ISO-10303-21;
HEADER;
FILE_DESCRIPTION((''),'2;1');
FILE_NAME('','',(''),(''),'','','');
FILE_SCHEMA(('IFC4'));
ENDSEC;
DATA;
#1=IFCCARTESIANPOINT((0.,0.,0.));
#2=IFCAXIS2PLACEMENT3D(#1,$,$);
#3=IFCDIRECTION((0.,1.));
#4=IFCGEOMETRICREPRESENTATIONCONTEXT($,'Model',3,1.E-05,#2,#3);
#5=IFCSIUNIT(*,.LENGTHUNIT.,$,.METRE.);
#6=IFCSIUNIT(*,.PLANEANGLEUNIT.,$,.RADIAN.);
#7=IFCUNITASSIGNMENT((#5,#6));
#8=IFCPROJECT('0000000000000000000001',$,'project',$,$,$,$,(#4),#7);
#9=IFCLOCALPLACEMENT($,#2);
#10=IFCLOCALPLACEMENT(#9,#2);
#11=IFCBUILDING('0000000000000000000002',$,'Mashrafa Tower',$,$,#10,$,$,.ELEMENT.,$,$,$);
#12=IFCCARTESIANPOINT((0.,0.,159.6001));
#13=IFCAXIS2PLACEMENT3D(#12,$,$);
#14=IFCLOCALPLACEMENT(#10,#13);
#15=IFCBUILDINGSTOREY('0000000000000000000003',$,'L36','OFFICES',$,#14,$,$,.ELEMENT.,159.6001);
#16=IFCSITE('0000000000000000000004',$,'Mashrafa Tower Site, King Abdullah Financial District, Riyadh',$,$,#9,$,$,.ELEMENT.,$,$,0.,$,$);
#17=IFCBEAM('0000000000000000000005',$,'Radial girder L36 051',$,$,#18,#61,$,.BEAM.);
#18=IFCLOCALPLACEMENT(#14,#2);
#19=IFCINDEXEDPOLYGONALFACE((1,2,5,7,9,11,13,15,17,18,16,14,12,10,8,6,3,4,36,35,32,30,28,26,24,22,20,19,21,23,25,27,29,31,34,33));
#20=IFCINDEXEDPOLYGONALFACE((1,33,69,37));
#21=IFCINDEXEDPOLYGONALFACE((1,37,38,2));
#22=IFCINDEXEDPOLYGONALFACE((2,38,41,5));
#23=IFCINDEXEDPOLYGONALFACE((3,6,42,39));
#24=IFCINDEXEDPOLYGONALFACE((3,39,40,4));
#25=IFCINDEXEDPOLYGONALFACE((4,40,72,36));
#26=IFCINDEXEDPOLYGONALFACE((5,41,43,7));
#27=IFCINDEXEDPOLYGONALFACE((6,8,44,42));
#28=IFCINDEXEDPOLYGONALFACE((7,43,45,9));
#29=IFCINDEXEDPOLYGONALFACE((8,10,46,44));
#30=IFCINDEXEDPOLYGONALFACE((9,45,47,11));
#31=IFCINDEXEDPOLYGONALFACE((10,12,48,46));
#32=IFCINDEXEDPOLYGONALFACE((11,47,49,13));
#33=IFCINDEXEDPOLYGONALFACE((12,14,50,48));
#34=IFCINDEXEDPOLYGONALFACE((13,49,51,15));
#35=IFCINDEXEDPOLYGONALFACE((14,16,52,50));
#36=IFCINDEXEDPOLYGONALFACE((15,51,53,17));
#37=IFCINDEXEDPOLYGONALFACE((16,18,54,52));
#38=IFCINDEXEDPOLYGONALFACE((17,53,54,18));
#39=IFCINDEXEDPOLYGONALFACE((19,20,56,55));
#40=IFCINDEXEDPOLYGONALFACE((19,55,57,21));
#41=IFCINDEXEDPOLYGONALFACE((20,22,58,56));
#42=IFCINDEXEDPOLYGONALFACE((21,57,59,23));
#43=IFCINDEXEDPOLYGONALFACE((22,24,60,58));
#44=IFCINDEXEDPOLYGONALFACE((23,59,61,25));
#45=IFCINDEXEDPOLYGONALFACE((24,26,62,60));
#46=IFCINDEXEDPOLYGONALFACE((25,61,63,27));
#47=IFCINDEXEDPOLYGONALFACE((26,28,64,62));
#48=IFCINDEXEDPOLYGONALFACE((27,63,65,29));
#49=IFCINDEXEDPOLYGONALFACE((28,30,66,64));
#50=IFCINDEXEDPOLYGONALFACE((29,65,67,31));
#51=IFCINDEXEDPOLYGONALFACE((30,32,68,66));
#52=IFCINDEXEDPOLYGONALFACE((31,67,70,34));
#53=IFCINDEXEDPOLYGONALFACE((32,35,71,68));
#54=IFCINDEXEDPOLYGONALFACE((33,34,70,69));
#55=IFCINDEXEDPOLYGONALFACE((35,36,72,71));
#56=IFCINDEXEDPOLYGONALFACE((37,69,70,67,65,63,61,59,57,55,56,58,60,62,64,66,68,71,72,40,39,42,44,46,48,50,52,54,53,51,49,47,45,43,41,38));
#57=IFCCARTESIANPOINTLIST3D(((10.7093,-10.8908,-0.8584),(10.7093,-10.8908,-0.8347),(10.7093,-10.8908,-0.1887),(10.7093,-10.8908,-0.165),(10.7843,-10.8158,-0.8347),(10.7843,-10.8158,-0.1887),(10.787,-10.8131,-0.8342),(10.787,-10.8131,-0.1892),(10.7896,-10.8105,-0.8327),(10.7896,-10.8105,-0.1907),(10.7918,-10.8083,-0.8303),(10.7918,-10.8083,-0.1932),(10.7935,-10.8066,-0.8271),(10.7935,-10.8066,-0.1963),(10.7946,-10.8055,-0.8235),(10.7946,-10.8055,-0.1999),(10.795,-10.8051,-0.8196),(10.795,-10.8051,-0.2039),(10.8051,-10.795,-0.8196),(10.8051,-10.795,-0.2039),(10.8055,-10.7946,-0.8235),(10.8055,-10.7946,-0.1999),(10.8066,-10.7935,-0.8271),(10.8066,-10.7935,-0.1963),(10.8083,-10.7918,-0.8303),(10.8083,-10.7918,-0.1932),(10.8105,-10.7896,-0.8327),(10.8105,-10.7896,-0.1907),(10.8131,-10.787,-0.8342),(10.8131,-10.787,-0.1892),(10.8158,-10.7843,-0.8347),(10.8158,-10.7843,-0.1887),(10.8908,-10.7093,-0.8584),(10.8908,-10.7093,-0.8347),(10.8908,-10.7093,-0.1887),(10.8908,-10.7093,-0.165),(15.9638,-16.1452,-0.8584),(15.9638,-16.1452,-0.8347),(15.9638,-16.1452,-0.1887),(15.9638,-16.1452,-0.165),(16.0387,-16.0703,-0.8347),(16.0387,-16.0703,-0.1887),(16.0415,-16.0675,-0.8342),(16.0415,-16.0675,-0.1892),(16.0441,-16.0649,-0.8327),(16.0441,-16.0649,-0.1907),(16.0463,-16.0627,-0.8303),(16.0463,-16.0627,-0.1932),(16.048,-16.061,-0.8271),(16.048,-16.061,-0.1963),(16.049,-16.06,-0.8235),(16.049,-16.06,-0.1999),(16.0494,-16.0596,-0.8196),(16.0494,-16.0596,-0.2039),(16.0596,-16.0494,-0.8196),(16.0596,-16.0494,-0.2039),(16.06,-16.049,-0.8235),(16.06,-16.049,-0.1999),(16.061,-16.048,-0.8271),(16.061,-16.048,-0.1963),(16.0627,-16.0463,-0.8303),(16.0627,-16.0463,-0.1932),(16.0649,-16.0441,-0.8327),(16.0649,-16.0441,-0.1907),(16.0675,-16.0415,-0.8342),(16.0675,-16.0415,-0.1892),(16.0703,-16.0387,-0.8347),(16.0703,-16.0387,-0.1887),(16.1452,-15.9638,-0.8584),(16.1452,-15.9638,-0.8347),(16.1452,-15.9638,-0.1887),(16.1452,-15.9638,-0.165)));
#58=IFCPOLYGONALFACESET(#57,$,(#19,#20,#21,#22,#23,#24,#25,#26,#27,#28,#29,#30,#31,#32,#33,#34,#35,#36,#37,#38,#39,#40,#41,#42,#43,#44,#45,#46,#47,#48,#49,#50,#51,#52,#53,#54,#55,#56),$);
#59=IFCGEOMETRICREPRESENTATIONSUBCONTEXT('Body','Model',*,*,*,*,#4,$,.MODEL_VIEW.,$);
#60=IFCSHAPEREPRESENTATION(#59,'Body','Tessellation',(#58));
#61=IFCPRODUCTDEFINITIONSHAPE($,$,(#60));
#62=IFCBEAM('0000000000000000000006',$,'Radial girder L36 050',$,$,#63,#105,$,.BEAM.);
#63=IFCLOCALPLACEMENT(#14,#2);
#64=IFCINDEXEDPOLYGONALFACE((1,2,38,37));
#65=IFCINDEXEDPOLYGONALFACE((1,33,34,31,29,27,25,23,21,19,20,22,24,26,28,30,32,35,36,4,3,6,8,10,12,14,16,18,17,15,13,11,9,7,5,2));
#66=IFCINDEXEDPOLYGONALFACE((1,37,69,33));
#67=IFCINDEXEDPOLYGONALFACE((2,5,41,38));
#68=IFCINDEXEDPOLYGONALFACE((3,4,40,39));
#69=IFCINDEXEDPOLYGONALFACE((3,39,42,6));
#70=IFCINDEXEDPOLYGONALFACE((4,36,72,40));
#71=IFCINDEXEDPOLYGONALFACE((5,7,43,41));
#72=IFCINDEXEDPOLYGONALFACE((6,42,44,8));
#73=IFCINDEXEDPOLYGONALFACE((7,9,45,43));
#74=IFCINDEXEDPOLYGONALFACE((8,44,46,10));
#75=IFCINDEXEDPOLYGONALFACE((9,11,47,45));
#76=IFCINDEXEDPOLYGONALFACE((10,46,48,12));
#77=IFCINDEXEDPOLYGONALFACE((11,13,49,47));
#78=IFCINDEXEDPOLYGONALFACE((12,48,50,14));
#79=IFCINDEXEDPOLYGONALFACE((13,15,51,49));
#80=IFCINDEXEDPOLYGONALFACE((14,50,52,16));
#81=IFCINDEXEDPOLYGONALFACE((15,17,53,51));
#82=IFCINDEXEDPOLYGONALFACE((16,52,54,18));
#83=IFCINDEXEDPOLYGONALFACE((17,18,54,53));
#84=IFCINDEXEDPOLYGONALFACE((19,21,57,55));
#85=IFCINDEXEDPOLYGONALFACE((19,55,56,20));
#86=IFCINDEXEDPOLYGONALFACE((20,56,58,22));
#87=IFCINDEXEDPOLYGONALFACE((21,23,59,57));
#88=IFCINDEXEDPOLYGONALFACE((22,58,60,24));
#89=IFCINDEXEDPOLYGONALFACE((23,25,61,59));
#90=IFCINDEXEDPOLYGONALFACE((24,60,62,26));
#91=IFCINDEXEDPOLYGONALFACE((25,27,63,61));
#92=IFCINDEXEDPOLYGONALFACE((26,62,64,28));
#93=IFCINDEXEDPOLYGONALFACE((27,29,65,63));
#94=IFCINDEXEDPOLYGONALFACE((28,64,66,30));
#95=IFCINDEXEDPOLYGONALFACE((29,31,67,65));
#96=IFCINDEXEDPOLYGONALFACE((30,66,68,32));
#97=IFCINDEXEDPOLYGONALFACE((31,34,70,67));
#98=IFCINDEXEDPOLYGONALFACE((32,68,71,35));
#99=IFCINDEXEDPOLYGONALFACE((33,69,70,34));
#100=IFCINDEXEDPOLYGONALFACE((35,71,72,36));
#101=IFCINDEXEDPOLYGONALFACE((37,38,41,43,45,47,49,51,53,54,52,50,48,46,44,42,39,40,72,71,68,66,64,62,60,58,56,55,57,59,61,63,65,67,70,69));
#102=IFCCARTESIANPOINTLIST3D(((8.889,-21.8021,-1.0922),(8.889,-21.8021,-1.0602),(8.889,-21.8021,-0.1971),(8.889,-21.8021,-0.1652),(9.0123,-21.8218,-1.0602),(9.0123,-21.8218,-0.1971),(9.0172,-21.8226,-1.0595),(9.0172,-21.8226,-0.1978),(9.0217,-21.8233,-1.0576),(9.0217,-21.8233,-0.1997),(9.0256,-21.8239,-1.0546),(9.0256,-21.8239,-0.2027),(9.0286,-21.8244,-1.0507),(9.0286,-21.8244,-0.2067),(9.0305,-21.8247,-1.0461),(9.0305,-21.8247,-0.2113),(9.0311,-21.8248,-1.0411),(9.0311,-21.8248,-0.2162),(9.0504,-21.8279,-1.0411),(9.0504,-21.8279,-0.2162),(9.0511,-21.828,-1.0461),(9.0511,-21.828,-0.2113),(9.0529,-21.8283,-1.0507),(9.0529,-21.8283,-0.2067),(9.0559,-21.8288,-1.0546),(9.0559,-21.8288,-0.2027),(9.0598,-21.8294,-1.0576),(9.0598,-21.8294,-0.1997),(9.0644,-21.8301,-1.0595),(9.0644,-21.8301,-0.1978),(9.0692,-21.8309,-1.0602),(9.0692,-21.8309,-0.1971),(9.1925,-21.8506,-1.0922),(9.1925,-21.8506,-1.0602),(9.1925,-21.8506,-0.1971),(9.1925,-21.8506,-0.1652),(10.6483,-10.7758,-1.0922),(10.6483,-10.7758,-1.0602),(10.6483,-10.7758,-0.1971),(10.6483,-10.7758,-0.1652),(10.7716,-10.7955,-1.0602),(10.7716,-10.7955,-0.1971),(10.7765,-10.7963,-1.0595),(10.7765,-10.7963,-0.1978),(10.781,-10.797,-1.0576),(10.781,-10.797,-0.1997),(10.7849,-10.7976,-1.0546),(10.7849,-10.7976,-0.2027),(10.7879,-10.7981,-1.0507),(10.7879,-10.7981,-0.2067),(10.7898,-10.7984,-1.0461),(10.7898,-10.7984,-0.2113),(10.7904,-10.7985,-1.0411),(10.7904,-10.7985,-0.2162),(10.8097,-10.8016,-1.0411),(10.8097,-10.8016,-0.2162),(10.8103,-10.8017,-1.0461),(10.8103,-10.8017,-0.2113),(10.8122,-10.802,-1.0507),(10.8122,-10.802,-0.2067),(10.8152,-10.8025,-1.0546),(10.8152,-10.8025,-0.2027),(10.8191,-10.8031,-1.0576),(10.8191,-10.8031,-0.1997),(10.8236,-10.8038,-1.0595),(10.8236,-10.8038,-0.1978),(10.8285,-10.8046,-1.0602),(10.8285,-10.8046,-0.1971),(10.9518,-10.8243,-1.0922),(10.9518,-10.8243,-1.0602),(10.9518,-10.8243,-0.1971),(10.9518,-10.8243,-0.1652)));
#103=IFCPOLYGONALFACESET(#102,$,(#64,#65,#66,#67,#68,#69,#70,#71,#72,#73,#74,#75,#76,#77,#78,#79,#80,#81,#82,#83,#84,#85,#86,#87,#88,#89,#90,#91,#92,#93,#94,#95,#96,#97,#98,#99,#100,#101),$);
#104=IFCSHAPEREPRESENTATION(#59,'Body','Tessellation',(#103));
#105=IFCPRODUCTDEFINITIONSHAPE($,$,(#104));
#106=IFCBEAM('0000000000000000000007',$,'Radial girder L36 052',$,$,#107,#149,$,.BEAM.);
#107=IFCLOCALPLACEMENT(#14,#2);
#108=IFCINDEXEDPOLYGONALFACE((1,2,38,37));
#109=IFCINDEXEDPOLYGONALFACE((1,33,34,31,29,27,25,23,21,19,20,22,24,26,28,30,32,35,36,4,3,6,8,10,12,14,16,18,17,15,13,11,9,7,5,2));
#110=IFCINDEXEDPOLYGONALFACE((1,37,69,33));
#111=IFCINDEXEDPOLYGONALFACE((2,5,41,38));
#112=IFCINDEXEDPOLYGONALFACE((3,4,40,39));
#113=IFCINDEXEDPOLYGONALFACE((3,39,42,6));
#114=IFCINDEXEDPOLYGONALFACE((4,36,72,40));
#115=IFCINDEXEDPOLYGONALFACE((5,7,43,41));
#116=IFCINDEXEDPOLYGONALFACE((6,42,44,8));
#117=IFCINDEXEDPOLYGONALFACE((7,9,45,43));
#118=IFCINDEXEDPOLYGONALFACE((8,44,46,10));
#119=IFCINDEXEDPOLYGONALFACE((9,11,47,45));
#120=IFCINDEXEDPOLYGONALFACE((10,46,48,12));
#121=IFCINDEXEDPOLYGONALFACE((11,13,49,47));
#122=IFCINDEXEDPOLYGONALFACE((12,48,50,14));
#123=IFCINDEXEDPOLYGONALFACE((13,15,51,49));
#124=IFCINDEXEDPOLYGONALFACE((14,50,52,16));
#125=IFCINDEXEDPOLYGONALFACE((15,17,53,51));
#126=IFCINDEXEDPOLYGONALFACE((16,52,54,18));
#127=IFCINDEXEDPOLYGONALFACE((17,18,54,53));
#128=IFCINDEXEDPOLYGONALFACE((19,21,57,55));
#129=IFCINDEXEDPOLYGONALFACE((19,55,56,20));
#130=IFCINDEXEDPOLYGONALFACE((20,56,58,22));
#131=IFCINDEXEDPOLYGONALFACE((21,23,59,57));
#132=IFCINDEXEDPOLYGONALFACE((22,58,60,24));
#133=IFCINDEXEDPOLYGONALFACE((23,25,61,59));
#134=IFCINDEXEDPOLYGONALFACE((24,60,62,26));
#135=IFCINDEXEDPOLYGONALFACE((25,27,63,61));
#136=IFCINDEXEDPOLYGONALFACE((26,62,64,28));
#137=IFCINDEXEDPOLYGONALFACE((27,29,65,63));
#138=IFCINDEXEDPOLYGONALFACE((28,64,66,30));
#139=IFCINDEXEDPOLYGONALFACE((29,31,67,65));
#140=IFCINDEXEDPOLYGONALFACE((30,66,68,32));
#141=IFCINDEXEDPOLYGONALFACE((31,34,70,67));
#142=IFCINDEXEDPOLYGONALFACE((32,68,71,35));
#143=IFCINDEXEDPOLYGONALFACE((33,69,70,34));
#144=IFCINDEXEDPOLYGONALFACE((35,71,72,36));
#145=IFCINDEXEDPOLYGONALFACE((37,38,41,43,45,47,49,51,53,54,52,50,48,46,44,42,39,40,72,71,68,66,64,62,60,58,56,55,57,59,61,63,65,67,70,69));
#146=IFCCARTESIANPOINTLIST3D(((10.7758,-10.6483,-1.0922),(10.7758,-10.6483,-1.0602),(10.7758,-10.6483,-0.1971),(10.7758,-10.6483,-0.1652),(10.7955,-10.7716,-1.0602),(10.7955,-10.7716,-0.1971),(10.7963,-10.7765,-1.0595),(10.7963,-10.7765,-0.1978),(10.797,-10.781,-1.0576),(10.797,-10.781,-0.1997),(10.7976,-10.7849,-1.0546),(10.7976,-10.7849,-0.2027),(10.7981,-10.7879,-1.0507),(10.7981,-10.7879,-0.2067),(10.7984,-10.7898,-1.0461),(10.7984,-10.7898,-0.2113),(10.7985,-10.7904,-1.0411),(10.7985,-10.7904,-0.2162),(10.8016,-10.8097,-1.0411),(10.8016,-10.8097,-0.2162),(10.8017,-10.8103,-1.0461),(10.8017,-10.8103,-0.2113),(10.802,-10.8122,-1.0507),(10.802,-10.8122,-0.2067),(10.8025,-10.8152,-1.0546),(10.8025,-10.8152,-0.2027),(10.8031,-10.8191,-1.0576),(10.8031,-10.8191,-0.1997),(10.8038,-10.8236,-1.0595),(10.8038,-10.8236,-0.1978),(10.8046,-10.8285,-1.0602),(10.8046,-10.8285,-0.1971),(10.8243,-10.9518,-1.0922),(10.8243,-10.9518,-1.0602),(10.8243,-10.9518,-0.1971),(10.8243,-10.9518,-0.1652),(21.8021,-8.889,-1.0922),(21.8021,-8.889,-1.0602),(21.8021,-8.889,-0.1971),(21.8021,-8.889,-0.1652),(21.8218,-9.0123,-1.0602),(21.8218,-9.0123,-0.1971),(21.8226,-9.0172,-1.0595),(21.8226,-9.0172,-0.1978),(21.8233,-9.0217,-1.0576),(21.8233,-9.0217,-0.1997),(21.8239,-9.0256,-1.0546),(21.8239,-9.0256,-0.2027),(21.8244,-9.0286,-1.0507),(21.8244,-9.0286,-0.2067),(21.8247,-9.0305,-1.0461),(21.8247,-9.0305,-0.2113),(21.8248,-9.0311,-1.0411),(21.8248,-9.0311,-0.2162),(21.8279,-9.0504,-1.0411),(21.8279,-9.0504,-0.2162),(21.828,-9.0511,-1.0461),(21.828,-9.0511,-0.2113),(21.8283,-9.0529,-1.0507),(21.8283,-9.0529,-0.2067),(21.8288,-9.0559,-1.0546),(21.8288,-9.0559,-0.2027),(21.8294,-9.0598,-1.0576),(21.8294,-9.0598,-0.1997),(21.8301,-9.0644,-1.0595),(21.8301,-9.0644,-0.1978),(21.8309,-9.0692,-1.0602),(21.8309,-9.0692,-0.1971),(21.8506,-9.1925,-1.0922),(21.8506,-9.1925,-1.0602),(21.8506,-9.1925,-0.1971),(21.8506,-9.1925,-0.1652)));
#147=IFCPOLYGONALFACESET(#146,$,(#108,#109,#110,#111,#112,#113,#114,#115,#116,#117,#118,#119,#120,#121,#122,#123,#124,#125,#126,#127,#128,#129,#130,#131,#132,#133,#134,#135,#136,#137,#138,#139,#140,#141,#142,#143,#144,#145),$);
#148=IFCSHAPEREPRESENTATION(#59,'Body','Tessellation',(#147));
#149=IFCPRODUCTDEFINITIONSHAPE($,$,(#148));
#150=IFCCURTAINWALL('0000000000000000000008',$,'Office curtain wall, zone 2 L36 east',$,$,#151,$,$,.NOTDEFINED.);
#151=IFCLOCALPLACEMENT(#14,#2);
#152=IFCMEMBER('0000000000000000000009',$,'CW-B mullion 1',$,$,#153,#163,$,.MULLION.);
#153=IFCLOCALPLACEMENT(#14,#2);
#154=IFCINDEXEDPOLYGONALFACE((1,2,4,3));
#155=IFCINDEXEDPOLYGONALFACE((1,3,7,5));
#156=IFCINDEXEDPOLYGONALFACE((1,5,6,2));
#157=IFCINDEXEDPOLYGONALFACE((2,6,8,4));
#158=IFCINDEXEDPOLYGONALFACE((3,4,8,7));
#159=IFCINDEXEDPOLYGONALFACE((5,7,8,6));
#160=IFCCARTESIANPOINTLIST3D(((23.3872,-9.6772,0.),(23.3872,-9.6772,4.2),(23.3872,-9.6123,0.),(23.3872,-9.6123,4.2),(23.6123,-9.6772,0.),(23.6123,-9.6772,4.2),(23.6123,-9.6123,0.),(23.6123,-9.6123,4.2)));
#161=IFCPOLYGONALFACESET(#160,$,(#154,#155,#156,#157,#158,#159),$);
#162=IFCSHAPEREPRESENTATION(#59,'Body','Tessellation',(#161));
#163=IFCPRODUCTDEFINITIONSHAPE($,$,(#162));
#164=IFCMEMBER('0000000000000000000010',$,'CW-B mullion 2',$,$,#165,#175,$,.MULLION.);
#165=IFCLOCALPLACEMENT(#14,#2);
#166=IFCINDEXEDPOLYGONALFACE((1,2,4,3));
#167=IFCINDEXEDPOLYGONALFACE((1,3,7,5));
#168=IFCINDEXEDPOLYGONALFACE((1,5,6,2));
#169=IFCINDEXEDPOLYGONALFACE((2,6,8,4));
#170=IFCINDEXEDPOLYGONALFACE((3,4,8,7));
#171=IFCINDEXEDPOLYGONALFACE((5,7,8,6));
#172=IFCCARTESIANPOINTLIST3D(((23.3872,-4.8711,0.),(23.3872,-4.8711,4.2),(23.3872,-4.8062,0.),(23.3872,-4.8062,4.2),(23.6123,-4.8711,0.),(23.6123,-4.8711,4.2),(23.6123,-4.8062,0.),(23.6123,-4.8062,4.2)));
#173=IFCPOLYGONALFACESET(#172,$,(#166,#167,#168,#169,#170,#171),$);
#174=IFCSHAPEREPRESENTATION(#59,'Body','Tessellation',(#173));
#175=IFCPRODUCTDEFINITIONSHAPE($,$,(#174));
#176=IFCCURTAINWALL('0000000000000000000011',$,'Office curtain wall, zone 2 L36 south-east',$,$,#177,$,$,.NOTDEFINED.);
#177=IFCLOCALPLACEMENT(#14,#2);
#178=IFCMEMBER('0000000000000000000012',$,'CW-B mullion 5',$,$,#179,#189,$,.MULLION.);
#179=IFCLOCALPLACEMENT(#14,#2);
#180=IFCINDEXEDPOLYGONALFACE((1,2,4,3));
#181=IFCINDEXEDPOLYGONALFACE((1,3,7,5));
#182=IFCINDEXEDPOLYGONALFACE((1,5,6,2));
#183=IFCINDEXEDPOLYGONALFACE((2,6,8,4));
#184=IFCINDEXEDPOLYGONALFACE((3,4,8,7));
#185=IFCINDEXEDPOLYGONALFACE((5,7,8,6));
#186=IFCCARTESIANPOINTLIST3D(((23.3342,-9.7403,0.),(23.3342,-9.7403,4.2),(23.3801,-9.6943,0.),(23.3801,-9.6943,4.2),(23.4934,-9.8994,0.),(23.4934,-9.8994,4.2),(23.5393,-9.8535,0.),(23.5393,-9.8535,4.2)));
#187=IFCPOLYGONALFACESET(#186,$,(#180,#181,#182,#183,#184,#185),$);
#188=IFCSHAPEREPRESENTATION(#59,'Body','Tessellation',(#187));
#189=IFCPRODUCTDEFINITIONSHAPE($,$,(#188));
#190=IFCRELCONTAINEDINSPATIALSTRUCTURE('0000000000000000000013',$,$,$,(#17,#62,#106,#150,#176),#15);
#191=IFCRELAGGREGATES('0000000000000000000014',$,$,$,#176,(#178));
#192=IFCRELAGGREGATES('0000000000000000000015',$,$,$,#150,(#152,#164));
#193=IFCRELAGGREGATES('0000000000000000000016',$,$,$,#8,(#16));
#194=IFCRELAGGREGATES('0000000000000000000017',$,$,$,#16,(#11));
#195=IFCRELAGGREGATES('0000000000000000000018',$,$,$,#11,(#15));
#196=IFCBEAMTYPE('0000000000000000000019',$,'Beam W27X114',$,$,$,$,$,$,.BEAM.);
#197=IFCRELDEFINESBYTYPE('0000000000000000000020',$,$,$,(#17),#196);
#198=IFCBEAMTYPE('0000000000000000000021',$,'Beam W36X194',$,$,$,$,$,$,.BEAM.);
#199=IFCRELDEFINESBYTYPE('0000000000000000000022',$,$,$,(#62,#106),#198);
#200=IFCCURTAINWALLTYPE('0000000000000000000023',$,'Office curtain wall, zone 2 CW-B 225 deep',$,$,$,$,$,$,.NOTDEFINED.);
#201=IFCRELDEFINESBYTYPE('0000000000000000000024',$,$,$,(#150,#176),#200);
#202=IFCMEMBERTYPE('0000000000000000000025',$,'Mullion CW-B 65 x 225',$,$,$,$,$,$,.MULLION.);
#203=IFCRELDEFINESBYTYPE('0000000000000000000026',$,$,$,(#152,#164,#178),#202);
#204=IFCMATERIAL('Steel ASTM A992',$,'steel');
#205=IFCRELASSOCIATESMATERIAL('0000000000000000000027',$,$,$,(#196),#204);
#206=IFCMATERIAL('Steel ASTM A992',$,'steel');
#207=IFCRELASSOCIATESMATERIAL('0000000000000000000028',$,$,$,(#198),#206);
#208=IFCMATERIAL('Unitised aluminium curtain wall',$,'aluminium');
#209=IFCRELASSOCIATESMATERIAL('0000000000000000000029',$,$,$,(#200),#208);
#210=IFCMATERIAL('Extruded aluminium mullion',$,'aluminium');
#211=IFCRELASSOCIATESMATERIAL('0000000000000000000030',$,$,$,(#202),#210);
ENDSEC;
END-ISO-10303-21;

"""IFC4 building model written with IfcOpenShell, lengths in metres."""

from ifc_helpers import new_model, si_unit, direction, frame, origin, origin_2d, place, context, subcontext, project, spatial, rectangle, i_section, extrude, source, transform, mapped, material, material_profile, profile_set, type_object, type_shapes, element, aggregate, save


model = new_model("IFC4")

# Units and contexts
model_context = context("Model", 3, precision=1e-05, world=origin(), true_north=direction((0.0, 1.0)))
body_context = subcontext(model_context, "Body", "Model", "MODEL_VIEW")
ifc_project = project(units=[si_unit("LENGTHUNIT", "METRE"), si_unit("PLANEANGLEUNIT", "RADIAN")], contexts=[model_context])

# Site, building, storey
site_placement = place(None, origin())
site = spatial("IfcSite", under=ifc_project, at=site_placement, Name="Mashrafa Tower Site, King Abdullah Financial District, Riyadh", CompositionType="ELEMENT", RefElevation=0.0)
building_placement = place(site_placement, origin())
building = spatial("IfcBuilding", under=site, at=building_placement, Name="Mashrafa Tower", CompositionType="ELEMENT")
storey_placement = place(building_placement, frame((0.0, 0.0, 159.6001)))
storey = spatial("IfcBuildingStorey", under=building, at=storey_placement, Name="L36", Description="OFFICES", CompositionType="ELEMENT", Elevation=159.6001)

# Beams
ifc_material_1 = material(Name="Steel ASTM A992", Category="steel")
ifc_material_profile_1 = material_profile(ifc_material_1, i_section(OverallWidth=0.2566, OverallDepth=0.6934, WebThickness=0.0144, FlangeThickness=0.0237, FilletRadius=0.0151, at=origin_2d()), Name="W27X114")
ifc_profile_set_1 = profile_set([ifc_material_profile_1], Name="Steel ASTM A992")
beam_type_1 = type_object("IfcBeamType", Name="Beam W27X114", PredefinedType="BEAM", material=ifc_profile_set_1)
beam_1_placement = place(storey_placement, frame((10.8, -10.8, -0.5117), z_axis=(0.707107, -0.707107, 0.0), x_axis=(0.707107, 0.707107, 0.0)))
element("IfcBeam", 1, at=beam_1_placement, inside=storey, type_object=beam_type_1, Name="Radial girder L36 051", PredefinedType="BEAM", context=body_context, shape_type="SweptSolid", body=[
    extrude(i_section(OverallWidth=0.2566, OverallDepth=0.6934, WebThickness=0.0144, FlangeThickness=0.0237, FilletRadius=0.0151, at=origin_2d()), origin(), (0.0, 0.0, 1.0), 7.4309),
])
ifc_material_2 = material(Name="Steel ASTM A992", Category="steel")
ifc_material_profile_2 = material_profile(ifc_material_2, i_section(OverallWidth=0.3074, OverallDepth=0.927, WebThickness=0.0195, FlangeThickness=0.032, FilletRadius=0.019, at=origin_2d()), Name="W36X194")
ifc_profile_set_2 = profile_set([ifc_material_profile_2], Name="Steel ASTM A992")
beam_type_2 = type_object("IfcBeamType", Name="Beam W36X194", PredefinedType="BEAM", material=ifc_profile_set_2)
for number, where, z_axis, x_axis, name in (
    (2, (10.8, -10.8, -0.6287), (-0.157559, -0.98751, 0.0), (0.98751, -0.157559, 0.0), "Radial girder L36 050"),
    (3, (10.8, -10.8, -0.6287), (0.98751, 0.157559, 0.0), (-0.157559, 0.98751, 0.0), "Radial girder L36 052"),
):
    element("IfcBeam", number, at=place(storey_placement, frame(where, z_axis=z_axis, x_axis=x_axis)), inside=storey, type_object=beam_type_2, Name=name, PredefinedType="BEAM", context=body_context, shape_type="SweptSolid", body=[
        extrude(i_section(OverallWidth=0.3074, OverallDepth=0.927, WebThickness=0.0195, FlangeThickness=0.032, FilletRadius=0.019, at=origin_2d()), origin(), (0.0, 0.0, 1.0), 11.1658),
    ])

# Curtain wall, members
ifc_material_3 = material(Name="Unitised aluminium curtain wall", Category="aluminium")
curtain_wall_type = type_object("IfcCurtainWallType", Name="Office curtain wall, zone 2 CW-B 225 deep", PredefinedType="NOTDEFINED", material=ifc_material_3)
curtain_wall_1_placement = place(storey_placement, origin())
curtain_wall_1 = element("IfcCurtainWall", 4, at=curtain_wall_1_placement, inside=storey, type_object=curtain_wall_type, Name="Office curtain wall, zone 2 L36 east", PredefinedType="NOTDEFINED")
ifc_material_4 = material(Name="Extruded aluminium mullion", Category="aluminium")
ifc_material_profile_3 = material_profile(ifc_material_4, rectangle(XDim=0.2251, YDim=0.0649, at=origin_2d()), Name="Mullion 65x225")
ifc_profile_set_3 = profile_set([ifc_material_profile_3], Name="Extruded aluminium mullion")
member_type_1 = type_object("IfcMemberType", Name="Mullion CW-B 65 x 225", PredefinedType="MULLION", material=ifc_profile_set_3)
shared_shape_1 = source(origin(), body_context, "Body", "SweptSolid", [
    extrude(rectangle(XDim=0.2251, YDim=0.0649, at=origin_2d()), origin(), (0.0, 0.0, 1.0), 4.2),
])
type_shapes(member_type_1, [shared_shape_1])
member_1_placement = place(storey_placement, frame((23.4998, -9.6448, 0.0), z_axis=(0.0, 0.0, 1.0), x_axis=(-1.0, 0.0, 0.0)))
member_1 = element("IfcMember", 5, at=member_1_placement, type_object=member_type_1, Name="CW-B mullion 1", PredefinedType="MULLION", context=body_context, shape_type="MappedRepresentation", body=[
    mapped(shared_shape_1, transform((0.0, 0.0, 0.0))),
])
member_2_placement = place(storey_placement, frame((23.4998, -4.8386, 0.0), z_axis=(0.0, 0.0, 1.0), x_axis=(-1.0, 0.0, 0.0)))
member_2 = element("IfcMember", 6, at=member_2_placement, type_object=member_type_1, Name="CW-B mullion 2", PredefinedType="MULLION", context=body_context, shape_type="MappedRepresentation", body=[
    mapped(shared_shape_1, transform((0.0, 0.0, 0.0))),
])

# Curtain wall, member
curtain_wall_2_placement = place(storey_placement, origin())
curtain_wall_2 = element("IfcCurtainWall", 7, at=curtain_wall_2_placement, inside=storey, type_object=curtain_wall_type, Name="Office curtain wall, zone 2 L36 south-east", PredefinedType="NOTDEFINED")
member_3_placement = place(storey_placement, frame((23.4368, -9.7969, 0.0), z_axis=(0.0, 0.0, 1.0), x_axis=(-0.707107, 0.707107, 0.0)))
member_3 = element("IfcMember", 8, at=member_3_placement, type_object=member_type_1, Name="CW-B mullion 5", PredefinedType="MULLION", context=body_context, shape_type="MappedRepresentation", body=[
    mapped(shared_shape_1, transform((0.0, 0.0, 0.0))),
])
aggregate(curtain_wall_2, [member_3])

aggregate(curtain_wall_1, [member_1, member_2])

save(model, "model.ifc")
